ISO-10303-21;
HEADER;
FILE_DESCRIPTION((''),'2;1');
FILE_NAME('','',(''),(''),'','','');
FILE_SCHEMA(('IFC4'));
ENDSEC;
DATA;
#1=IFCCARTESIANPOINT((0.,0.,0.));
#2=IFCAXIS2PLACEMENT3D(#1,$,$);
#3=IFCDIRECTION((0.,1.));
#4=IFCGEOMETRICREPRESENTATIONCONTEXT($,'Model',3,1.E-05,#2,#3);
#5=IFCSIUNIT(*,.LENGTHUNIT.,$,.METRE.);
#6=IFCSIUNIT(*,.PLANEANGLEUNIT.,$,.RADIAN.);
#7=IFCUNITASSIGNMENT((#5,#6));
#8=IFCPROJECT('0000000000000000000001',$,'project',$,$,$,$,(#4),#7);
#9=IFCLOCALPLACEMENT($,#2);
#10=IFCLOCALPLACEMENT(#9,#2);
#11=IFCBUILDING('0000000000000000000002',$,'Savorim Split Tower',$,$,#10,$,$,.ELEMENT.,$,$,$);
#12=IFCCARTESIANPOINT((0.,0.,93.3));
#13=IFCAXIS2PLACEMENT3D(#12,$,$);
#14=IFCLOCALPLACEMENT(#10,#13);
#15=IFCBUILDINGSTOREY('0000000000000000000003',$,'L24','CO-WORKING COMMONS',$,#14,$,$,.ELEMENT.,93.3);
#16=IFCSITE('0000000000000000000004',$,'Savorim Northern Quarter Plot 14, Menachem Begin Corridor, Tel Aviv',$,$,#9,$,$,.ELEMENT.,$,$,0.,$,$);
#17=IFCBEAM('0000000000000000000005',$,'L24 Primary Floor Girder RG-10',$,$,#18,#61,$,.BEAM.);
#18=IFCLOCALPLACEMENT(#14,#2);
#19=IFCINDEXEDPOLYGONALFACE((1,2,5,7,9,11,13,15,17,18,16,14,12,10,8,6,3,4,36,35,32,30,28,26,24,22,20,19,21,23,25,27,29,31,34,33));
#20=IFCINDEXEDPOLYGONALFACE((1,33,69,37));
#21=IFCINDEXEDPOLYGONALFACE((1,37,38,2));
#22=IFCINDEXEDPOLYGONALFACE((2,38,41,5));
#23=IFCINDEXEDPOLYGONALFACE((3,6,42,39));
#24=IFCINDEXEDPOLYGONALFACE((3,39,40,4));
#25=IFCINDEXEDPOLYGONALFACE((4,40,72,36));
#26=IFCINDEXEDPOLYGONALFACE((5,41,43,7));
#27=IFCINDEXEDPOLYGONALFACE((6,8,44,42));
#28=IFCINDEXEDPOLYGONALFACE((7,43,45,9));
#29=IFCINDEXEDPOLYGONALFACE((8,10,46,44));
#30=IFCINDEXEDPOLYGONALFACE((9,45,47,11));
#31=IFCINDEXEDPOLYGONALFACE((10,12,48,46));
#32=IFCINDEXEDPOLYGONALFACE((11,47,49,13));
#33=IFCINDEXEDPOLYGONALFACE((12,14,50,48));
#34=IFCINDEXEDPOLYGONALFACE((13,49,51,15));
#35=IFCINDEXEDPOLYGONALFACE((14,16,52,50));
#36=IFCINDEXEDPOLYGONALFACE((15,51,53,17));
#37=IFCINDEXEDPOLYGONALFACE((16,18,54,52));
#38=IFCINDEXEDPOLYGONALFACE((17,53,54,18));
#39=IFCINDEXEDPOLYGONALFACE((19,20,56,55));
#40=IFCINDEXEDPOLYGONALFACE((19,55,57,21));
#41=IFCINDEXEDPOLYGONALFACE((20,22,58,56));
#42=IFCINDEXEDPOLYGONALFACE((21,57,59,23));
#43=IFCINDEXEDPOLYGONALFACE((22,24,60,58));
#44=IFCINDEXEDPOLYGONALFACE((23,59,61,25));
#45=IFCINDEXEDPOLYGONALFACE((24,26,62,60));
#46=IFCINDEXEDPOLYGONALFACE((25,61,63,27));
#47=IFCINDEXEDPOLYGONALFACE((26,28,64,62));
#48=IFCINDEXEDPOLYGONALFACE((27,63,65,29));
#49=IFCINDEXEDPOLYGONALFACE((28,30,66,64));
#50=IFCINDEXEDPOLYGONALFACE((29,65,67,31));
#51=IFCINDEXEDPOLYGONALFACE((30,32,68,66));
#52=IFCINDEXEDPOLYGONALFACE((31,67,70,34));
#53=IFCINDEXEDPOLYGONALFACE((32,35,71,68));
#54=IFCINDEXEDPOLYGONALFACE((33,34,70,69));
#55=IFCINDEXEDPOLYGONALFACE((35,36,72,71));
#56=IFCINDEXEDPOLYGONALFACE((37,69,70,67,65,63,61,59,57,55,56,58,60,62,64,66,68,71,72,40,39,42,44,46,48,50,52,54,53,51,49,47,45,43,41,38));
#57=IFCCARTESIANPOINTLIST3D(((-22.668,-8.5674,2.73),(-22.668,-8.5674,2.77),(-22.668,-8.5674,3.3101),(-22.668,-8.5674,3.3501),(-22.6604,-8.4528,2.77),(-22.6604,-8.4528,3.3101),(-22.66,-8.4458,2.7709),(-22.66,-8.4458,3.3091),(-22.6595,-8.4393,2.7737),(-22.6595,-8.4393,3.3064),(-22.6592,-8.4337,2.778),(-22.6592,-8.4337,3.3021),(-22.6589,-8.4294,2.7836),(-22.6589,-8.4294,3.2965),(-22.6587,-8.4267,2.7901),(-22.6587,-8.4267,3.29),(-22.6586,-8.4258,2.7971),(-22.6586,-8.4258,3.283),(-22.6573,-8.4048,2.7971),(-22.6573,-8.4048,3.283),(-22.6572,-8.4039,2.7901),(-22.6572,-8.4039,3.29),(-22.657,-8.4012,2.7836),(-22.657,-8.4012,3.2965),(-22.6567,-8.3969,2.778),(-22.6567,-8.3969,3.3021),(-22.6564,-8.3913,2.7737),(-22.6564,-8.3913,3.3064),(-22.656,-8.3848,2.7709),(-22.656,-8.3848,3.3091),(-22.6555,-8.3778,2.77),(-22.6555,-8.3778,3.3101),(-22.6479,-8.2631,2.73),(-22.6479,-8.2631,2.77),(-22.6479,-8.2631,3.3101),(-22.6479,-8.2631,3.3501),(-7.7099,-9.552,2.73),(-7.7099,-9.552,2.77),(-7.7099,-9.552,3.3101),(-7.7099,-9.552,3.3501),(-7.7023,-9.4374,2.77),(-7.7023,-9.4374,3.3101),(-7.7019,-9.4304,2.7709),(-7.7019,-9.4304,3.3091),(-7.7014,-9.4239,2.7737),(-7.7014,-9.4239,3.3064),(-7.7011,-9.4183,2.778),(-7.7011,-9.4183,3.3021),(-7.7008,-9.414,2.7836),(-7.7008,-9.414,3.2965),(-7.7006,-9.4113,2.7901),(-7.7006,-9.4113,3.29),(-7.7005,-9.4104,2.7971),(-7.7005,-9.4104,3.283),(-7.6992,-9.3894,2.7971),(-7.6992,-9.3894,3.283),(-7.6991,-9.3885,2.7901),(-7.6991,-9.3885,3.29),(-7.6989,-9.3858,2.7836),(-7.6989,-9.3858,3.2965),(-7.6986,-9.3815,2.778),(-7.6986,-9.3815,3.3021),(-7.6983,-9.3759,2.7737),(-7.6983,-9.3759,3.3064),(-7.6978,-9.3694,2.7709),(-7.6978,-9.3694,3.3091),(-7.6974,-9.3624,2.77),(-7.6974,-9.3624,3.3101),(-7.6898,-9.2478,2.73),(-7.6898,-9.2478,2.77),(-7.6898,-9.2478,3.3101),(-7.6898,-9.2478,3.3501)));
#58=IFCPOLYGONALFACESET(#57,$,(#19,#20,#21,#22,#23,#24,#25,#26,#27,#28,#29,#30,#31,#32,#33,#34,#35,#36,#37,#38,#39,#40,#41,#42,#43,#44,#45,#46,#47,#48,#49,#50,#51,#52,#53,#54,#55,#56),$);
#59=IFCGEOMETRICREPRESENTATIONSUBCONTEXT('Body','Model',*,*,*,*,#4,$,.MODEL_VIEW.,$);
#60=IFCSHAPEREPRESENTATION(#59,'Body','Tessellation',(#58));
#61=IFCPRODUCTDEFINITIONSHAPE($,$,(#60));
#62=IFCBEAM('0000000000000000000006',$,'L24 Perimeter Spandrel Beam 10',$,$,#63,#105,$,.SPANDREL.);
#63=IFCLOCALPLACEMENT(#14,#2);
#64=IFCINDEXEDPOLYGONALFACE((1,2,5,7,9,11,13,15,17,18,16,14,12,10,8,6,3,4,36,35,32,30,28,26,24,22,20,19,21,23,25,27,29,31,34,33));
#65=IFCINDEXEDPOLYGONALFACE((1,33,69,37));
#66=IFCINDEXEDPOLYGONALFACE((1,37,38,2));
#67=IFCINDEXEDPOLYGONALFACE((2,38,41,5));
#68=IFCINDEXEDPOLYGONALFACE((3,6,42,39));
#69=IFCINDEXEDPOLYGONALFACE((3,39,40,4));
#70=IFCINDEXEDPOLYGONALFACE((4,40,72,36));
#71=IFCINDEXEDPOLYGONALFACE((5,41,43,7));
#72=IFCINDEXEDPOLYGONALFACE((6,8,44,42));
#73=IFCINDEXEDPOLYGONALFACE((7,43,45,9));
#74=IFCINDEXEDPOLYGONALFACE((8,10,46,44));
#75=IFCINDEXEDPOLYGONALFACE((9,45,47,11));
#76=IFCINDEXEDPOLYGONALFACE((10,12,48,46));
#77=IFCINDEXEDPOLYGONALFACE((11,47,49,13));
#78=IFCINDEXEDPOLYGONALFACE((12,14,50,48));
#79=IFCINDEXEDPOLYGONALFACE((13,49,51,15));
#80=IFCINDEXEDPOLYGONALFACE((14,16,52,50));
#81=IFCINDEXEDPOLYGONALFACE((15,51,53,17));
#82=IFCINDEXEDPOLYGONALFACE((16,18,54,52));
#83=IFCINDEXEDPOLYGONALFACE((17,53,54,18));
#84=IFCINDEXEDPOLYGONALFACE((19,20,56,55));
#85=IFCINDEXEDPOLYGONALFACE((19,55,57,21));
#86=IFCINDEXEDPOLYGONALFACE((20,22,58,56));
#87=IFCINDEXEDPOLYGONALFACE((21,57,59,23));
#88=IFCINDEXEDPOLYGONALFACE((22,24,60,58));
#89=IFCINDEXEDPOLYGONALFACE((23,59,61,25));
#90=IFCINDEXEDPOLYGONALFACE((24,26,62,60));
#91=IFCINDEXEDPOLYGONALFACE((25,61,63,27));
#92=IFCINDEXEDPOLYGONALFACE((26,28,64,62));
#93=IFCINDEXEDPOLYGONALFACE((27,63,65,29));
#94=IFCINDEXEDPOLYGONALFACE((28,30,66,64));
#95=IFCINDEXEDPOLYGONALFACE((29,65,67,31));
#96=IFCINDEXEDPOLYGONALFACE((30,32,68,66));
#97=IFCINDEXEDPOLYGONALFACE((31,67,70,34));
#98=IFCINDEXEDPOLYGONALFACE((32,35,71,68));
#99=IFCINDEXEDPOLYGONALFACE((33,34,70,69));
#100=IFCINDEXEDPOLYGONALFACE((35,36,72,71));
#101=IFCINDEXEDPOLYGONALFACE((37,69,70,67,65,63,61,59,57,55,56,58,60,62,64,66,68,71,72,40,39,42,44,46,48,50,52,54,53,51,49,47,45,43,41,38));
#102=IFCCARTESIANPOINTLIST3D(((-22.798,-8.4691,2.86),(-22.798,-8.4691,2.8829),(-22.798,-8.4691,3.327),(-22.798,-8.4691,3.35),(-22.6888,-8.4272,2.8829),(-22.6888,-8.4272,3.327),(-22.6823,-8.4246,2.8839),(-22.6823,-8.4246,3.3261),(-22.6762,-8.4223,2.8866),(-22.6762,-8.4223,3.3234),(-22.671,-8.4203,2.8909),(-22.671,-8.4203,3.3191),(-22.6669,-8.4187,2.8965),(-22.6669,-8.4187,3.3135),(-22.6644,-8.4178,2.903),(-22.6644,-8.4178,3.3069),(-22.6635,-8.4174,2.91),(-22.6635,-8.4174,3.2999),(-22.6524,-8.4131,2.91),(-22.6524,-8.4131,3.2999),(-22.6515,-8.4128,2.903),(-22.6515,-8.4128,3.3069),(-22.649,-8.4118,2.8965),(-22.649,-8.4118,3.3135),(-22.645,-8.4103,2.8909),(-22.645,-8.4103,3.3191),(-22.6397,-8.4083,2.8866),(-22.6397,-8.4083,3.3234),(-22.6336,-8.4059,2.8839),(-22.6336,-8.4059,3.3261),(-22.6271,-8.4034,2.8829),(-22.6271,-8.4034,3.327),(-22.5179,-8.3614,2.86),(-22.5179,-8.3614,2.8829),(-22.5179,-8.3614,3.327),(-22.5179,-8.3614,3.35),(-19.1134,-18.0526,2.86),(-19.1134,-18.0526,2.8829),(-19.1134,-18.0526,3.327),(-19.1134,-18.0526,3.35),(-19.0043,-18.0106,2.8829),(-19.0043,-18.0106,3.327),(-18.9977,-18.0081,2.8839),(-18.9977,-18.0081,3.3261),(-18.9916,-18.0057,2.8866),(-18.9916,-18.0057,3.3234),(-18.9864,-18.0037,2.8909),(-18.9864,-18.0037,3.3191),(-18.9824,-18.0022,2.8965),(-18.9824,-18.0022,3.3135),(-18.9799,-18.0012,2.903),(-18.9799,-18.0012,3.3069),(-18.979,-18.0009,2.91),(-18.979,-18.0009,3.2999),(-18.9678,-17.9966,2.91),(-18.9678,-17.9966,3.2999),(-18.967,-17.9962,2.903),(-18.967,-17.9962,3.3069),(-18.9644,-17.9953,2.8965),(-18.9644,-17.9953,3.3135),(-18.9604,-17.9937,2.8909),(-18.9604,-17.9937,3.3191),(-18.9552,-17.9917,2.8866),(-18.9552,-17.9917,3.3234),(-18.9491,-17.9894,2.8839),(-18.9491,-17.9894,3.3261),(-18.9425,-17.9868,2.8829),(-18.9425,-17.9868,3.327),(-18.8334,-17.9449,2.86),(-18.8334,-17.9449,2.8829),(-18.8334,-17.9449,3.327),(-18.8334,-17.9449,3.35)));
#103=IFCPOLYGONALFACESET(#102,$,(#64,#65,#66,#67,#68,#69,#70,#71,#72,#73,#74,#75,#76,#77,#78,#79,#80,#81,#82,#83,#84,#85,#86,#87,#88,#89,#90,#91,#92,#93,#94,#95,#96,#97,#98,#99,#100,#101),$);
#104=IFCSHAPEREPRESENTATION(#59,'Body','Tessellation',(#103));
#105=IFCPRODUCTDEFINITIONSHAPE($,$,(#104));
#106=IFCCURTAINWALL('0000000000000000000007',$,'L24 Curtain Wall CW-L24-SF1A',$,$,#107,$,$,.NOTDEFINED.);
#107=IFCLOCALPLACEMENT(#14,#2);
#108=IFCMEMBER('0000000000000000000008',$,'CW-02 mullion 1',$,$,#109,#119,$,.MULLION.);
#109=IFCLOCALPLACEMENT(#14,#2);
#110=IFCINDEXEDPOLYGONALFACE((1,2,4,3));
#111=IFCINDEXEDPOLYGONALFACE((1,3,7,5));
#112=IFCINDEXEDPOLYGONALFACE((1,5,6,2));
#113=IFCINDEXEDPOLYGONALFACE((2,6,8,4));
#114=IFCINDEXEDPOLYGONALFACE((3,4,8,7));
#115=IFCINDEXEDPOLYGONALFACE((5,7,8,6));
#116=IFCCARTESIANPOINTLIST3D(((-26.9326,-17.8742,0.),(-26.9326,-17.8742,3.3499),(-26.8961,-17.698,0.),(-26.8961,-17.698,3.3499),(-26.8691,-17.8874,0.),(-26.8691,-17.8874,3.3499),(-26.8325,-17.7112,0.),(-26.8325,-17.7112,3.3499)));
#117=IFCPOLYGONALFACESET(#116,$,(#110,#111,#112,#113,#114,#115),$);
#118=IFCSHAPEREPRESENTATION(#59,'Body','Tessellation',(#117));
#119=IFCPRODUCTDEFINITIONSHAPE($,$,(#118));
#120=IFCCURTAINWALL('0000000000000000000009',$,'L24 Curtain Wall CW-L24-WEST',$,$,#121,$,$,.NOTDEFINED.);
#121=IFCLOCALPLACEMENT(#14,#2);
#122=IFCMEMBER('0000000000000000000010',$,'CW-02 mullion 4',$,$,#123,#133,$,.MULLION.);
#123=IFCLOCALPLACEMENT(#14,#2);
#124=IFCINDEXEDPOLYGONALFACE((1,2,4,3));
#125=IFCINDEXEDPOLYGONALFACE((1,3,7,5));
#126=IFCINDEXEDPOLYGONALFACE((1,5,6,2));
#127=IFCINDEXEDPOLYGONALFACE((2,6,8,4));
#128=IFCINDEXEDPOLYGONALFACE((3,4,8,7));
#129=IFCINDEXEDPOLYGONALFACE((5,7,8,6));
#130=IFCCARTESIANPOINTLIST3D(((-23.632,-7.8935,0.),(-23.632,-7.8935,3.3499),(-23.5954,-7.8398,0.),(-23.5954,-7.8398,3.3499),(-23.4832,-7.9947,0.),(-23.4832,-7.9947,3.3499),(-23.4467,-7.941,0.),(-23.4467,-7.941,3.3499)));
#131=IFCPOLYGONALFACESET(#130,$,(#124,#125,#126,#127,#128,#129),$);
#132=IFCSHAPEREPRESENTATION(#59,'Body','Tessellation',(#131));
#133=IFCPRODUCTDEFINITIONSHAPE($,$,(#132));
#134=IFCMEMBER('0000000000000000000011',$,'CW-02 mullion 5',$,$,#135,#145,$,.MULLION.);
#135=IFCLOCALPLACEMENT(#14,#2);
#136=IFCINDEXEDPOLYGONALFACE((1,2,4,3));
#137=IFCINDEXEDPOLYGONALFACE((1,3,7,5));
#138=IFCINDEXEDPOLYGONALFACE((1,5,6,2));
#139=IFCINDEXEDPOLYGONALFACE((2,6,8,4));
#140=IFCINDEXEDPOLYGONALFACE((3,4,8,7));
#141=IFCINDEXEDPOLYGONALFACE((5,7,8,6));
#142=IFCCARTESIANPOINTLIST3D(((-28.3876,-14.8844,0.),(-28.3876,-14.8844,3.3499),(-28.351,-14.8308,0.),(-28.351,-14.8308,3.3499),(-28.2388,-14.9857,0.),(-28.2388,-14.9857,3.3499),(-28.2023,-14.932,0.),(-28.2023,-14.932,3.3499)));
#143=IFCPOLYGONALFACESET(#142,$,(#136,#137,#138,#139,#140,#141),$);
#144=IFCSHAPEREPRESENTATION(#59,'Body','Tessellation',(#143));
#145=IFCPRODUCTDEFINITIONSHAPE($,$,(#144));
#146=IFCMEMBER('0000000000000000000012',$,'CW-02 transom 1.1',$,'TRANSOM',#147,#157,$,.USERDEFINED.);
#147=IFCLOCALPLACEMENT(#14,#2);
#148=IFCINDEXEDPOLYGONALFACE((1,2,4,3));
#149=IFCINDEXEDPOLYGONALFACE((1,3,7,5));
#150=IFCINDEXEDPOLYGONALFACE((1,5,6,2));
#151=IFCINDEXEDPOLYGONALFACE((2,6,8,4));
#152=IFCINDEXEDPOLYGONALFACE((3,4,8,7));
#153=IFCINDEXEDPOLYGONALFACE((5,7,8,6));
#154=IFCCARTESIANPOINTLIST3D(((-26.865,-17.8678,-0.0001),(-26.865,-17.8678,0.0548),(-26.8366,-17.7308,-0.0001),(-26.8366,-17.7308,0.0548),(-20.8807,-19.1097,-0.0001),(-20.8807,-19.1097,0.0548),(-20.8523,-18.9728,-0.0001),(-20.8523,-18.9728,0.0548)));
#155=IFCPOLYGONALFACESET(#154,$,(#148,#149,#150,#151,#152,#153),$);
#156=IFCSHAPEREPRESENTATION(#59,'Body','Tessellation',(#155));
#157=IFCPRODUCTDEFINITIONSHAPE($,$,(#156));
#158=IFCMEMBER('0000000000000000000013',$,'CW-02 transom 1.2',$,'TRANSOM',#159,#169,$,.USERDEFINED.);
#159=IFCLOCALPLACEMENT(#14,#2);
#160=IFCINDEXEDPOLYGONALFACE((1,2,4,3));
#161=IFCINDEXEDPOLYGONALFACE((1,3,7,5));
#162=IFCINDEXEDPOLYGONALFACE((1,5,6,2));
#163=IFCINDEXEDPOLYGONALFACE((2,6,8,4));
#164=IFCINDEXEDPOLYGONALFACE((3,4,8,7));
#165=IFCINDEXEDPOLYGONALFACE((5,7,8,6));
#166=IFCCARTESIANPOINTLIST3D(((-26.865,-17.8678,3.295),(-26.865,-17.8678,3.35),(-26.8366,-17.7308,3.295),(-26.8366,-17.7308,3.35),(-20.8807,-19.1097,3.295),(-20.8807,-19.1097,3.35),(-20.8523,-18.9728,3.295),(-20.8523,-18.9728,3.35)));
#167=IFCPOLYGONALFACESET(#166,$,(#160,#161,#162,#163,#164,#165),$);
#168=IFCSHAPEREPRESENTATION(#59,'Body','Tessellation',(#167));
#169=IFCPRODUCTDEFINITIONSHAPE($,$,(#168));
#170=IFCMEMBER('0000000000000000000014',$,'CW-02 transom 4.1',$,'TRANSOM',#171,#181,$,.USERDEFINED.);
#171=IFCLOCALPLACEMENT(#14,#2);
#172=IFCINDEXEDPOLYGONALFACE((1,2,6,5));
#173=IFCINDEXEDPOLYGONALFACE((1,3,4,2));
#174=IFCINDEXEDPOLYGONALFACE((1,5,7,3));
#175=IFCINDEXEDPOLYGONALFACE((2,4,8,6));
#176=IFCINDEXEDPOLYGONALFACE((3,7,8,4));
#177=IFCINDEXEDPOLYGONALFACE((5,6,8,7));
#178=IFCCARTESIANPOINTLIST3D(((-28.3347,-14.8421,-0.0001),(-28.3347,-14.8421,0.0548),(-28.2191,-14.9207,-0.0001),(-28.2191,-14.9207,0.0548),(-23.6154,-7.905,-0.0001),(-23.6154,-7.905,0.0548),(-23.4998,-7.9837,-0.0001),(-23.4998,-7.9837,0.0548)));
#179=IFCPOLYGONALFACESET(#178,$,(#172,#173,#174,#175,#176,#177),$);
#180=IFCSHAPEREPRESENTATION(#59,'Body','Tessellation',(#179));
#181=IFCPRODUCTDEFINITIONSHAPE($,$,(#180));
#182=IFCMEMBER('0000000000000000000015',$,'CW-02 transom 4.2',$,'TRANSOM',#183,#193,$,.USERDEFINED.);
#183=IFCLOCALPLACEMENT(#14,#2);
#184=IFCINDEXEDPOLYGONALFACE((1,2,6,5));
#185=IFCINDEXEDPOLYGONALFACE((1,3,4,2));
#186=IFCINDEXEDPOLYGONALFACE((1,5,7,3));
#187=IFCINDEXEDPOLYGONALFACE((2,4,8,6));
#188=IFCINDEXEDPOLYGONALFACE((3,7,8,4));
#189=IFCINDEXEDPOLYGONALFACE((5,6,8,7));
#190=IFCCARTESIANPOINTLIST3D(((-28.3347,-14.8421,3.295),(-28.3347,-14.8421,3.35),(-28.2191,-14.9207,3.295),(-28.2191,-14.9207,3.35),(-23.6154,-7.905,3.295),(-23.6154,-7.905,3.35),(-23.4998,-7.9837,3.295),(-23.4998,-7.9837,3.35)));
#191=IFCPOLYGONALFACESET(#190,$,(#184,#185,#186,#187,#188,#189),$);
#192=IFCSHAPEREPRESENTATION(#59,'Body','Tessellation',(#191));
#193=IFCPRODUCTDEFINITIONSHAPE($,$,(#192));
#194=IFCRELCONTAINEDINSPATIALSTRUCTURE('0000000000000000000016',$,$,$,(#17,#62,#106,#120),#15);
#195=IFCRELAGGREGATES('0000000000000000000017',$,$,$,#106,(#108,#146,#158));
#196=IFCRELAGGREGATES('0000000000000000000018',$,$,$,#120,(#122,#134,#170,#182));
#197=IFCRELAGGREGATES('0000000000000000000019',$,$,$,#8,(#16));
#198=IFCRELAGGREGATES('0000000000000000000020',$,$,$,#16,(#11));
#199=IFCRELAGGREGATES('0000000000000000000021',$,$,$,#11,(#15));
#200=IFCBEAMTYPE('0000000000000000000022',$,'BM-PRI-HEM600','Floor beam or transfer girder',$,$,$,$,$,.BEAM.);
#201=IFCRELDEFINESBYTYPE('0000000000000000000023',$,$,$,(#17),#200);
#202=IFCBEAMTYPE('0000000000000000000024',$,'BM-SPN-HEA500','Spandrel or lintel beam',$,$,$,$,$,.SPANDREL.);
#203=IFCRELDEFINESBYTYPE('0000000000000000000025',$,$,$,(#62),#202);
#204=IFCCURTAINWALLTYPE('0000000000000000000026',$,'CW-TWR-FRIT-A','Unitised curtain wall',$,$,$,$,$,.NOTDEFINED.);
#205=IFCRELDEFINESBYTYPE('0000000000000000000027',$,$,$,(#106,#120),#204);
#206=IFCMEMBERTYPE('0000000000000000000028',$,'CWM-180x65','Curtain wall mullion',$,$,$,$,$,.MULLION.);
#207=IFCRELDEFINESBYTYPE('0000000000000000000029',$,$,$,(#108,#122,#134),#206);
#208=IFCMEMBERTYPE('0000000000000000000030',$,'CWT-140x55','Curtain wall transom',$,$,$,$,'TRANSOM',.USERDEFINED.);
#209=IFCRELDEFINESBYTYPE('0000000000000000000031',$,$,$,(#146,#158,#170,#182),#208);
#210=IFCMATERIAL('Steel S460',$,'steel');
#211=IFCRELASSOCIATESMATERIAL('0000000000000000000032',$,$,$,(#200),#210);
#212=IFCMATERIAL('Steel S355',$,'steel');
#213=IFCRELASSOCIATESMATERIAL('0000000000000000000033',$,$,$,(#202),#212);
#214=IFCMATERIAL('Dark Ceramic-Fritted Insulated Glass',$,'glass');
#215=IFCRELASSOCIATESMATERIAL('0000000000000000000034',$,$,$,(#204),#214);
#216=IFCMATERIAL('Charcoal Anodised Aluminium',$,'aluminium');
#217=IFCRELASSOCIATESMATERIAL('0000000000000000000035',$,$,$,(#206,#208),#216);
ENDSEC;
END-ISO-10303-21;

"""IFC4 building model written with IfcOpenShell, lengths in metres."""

from ifc_helpers import new_model, si_unit, direction, frame, origin, origin_2d, place, context, subcontext, project, spatial, rectangle, i_section, extrude, material, material_profile, profile_set, type_object, element, aggregate, save


model = new_model("IFC4")

# Units and contexts
model_context = context("Model", 3, precision=1e-05, world=origin(), true_north=direction((0.0, 1.0)))
body_context = subcontext(model_context, "Body", "Model", "MODEL_VIEW")
ifc_project = project(units=[si_unit("LENGTHUNIT", "METRE"), si_unit("PLANEANGLEUNIT", "RADIAN")], contexts=[model_context])

# Site, building, storey
site_placement = place(None, origin())
site = spatial("IfcSite", under=ifc_project, at=site_placement, Name="Savorim Northern Quarter Plot 14, Menachem Begin Corridor, Tel Aviv", CompositionType="ELEMENT", RefElevation=0.0)
building_placement = place(site_placement, origin())
building = spatial("IfcBuilding", under=site, at=building_placement, Name="Savorim Split Tower", CompositionType="ELEMENT")
storey_placement = place(building_placement, frame((0.0, 0.0, 93.3)))
storey = spatial("IfcBuildingStorey", under=building, at=storey_placement, Name="L24", Description="CO-WORKING COMMONS", CompositionType="ELEMENT", Elevation=93.3)

# Shared definitions
ifc_material_1 = material(Name="Steel S460", Category="steel")

# Beams
ifc_material_2 = material(Name="Steel S355", Category="steel")
ifc_material_profile_1 = material_profile(ifc_material_1, i_section(OverallWidth=0.3049, OverallDepth=0.6201, WebThickness=0.021, FlangeThickness=0.04, FilletRadius=0.0271, at=origin_2d()), Name="HE 600 M")
ifc_profile_set_1 = profile_set([ifc_material_profile_1], Name="Steel S460")
beam_type_1 = type_object("IfcBeamType", Name="BM-PRI-HEM600", Description="Floor beam or transfer girder", PredefinedType="BEAM", material=ifc_profile_set_1)
beam_1_placement = place(storey_placement, frame((-22.658, -8.4153, 3.04), z_axis=(0.997841, -0.065683, 0.0), x_axis=(0.065683, 0.997841, 0.0)))
element("IfcBeam", 1, at=beam_1_placement, inside=storey, type_object=beam_type_1, Name="L24 Primary Floor Girder RG-10", PredefinedType="BEAM", context=body_context, shape_type="SweptSolid", body=[
    extrude(i_section(OverallWidth=0.3049, OverallDepth=0.6201, WebThickness=0.021, FlangeThickness=0.04, FilletRadius=0.0271, at=origin_2d()), origin(), (0.0, 0.0, 1.0), 14.9905),
])
ifc_material_profile_2 = material_profile(ifc_material_2, i_section(OverallWidth=0.3, OverallDepth=0.49, WebThickness=0.012, FlangeThickness=0.0229, FilletRadius=0.0271, at=origin_2d()), Name="HEA 500")
ifc_profile_set_2 = profile_set([ifc_material_profile_2], Name="Steel S355")
beam_type_2 = type_object("IfcBeamType", Name="BM-SPN-HEA500", Description="Spandrel or lintel beam", PredefinedType="SPANDREL", material=ifc_profile_set_2)
beam_2_placement = place(storey_placement, frame((-22.658, -8.4153, 3.105), z_axis=(0.358861, -0.933391, 0.0), x_axis=(0.933391, 0.358861, 0.0)))
element("IfcBeam", 2, at=beam_2_placement, inside=storey, type_object=beam_type_2, Name="L24 Perimeter Spandrel Beam 10", PredefinedType="SPANDREL", context=body_context, shape_type="SweptSolid", body=[
    extrude(i_section(OverallWidth=0.3, OverallDepth=0.49, WebThickness=0.012, FlangeThickness=0.0229, FilletRadius=0.0271, at=origin_2d()), origin(), (0.0, 0.0, 1.0), 10.2673),
])

# Curtain wall, member
ifc_material_3 = material(Name="Dark Ceramic-Fritted Insulated Glass", Category="glass")
curtain_wall_type = type_object("IfcCurtainWallType", Name="CW-TWR-FRIT-A", Description="Unitised curtain wall", PredefinedType="NOTDEFINED", material=ifc_material_3)
curtain_wall_1_placement = place(storey_placement, origin())
curtain_wall_1 = element("IfcCurtainWall", 3, at=curtain_wall_1_placement, inside=storey, type_object=curtain_wall_type, Name="L24 Curtain Wall CW-L24-SF1A", PredefinedType="NOTDEFINED")
ifc_material_4 = material(Name="Charcoal Anodised Aluminium", Category="aluminium")
ifc_material_profile_3 = material_profile(ifc_material_4, rectangle(XDim=0.1799, YDim=0.0649, at=origin_2d()), Name="ALU-M 180x65")
ifc_profile_set_3 = profile_set([ifc_material_profile_3], Name="Charcoal Anodised Aluminium")
member_type_1 = type_object("IfcMemberType", Name="CWM-180x65", Description="Curtain wall mullion", PredefinedType="MULLION", material=ifc_profile_set_3)
member_1_placement = place(storey_placement, frame((-26.8826, -17.7927, 0.0), z_axis=(0.0, 0.0, 1.0), x_axis=(0.203212, 0.979135, 0.0)))
member_1 = element("IfcMember", 4, at=member_1_placement, type_object=member_type_1, Name="CW-02 mullion 1", PredefinedType="MULLION", context=body_context, shape_type="SweptSolid", body=[
    extrude(rectangle(XDim=0.1799, YDim=0.0649, at=origin_2d()), origin(), (0.0, 0.0, 1.0), 3.3499),
])

# Curtain wall, members
curtain_wall_2_placement = place(storey_placement, origin())
curtain_wall_2 = element("IfcCurtainWall", 5, at=curtain_wall_2_placement, inside=storey, type_object=curtain_wall_type, Name="L24 Curtain Wall CW-L24-WEST", PredefinedType="NOTDEFINED")
member_2_placement = place(storey_placement, frame((-23.5393, -7.9172, 0.0), z_axis=(0.0, 0.0, 1.0), x_axis=(0.826819, -0.562468, 0.0)))
member_2 = element("IfcMember", 6, at=member_2_placement, type_object=member_type_1, Name="CW-02 mullion 4", PredefinedType="MULLION", context=body_context, shape_type="SweptSolid", body=[
    extrude(rectangle(XDim=0.1799, YDim=0.0649, at=origin_2d()), origin(), (0.0, 0.0, 1.0), 3.3499),
])
member_3_placement = place(storey_placement, frame((-28.2949, -14.9082, 0.0), z_axis=(0.0, 0.0, 1.0), x_axis=(0.826819, -0.562468, 0.0)))
member_3 = element("IfcMember", 7, at=member_3_placement, type_object=member_type_1, Name="CW-02 mullion 5", PredefinedType="MULLION", context=body_context, shape_type="SweptSolid", body=[
    extrude(rectangle(XDim=0.1799, YDim=0.0649, at=origin_2d()), origin(), (0.0, 0.0, 1.0), 3.3499),
])

# Members
ifc_material_profile_4 = material_profile(ifc_material_4, rectangle(XDim=0.1399, YDim=0.0549, at=origin_2d()), Name="ALU-T 140x55")
ifc_profile_set_4 = profile_set([ifc_material_profile_4], Name="Charcoal Anodised Aluminium")
member_type_2 = type_object("IfcMemberType", Name="CWT-140x55", Description="Curtain wall transom", ElementType="TRANSOM", PredefinedType="USERDEFINED", material=ifc_profile_set_4)
member_4_placement = place(storey_placement, frame((-26.8508, -17.7993, 0.0273), z_axis=(0.979137, -0.203201, 0.0), x_axis=(0.203201, 0.979137, 0.0)))
member_4 = element("IfcMember", 8, at=member_4_placement, type_object=member_type_2, Name="CW-02 transom 1.1", ObjectType="TRANSOM", PredefinedType="USERDEFINED", context=body_context, shape_type="SweptSolid", body=[
    extrude(rectangle(XDim=0.1399, YDim=0.0549, at=origin_2d()), origin(), (0.0, 0.0, 1.0), 6.1118),
])
member_5_placement = place(storey_placement, frame((-26.8508, -17.7993, 3.3225), z_axis=(0.979137, -0.203201, 0.0), x_axis=(0.203201, 0.979137, 0.0)))
member_5 = element("IfcMember", 9, at=member_5_placement, type_object=member_type_2, Name="CW-02 transom 1.2", ObjectType="TRANSOM", PredefinedType="USERDEFINED", context=body_context, shape_type="SweptSolid", body=[
    extrude(rectangle(XDim=0.1399, YDim=0.0549, at=origin_2d()), origin(), (0.0, 0.0, 1.0), 6.1118),
])
aggregate(curtain_wall_1, [member_1, member_4, member_5])
member_6_placement = place(storey_placement, frame((-23.5576, -7.9443, 0.0273), z_axis=(-0.562479, -0.826812, 0.0), x_axis=(0.826812, -0.562479, 0.0)))
member_6 = element("IfcMember", 10, at=member_6_placement, type_object=member_type_2, Name="CW-02 transom 4.1", ObjectType="TRANSOM", PredefinedType="USERDEFINED", context=body_context, shape_type="SweptSolid", body=[
    extrude(rectangle(XDim=0.1399, YDim=0.0549, at=origin_2d()), origin(), (0.0, 0.0, 1.0), 8.3901),
])
member_7_placement = place(storey_placement, frame((-23.5576, -7.9443, 3.3225), z_axis=(-0.562479, -0.826812, 0.0), x_axis=(0.826812, -0.562479, 0.0)))
member_7 = element("IfcMember", 11, at=member_7_placement, type_object=member_type_2, Name="CW-02 transom 4.2", ObjectType="TRANSOM", PredefinedType="USERDEFINED", context=body_context, shape_type="SweptSolid", body=[
    extrude(rectangle(XDim=0.1399, YDim=0.0549, at=origin_2d()), origin(), (0.0, 0.0, 1.0), 8.3901),
])

aggregate(curtain_wall_2, [member_2, member_3, member_6, member_7])

save(model, "model.ifc")
